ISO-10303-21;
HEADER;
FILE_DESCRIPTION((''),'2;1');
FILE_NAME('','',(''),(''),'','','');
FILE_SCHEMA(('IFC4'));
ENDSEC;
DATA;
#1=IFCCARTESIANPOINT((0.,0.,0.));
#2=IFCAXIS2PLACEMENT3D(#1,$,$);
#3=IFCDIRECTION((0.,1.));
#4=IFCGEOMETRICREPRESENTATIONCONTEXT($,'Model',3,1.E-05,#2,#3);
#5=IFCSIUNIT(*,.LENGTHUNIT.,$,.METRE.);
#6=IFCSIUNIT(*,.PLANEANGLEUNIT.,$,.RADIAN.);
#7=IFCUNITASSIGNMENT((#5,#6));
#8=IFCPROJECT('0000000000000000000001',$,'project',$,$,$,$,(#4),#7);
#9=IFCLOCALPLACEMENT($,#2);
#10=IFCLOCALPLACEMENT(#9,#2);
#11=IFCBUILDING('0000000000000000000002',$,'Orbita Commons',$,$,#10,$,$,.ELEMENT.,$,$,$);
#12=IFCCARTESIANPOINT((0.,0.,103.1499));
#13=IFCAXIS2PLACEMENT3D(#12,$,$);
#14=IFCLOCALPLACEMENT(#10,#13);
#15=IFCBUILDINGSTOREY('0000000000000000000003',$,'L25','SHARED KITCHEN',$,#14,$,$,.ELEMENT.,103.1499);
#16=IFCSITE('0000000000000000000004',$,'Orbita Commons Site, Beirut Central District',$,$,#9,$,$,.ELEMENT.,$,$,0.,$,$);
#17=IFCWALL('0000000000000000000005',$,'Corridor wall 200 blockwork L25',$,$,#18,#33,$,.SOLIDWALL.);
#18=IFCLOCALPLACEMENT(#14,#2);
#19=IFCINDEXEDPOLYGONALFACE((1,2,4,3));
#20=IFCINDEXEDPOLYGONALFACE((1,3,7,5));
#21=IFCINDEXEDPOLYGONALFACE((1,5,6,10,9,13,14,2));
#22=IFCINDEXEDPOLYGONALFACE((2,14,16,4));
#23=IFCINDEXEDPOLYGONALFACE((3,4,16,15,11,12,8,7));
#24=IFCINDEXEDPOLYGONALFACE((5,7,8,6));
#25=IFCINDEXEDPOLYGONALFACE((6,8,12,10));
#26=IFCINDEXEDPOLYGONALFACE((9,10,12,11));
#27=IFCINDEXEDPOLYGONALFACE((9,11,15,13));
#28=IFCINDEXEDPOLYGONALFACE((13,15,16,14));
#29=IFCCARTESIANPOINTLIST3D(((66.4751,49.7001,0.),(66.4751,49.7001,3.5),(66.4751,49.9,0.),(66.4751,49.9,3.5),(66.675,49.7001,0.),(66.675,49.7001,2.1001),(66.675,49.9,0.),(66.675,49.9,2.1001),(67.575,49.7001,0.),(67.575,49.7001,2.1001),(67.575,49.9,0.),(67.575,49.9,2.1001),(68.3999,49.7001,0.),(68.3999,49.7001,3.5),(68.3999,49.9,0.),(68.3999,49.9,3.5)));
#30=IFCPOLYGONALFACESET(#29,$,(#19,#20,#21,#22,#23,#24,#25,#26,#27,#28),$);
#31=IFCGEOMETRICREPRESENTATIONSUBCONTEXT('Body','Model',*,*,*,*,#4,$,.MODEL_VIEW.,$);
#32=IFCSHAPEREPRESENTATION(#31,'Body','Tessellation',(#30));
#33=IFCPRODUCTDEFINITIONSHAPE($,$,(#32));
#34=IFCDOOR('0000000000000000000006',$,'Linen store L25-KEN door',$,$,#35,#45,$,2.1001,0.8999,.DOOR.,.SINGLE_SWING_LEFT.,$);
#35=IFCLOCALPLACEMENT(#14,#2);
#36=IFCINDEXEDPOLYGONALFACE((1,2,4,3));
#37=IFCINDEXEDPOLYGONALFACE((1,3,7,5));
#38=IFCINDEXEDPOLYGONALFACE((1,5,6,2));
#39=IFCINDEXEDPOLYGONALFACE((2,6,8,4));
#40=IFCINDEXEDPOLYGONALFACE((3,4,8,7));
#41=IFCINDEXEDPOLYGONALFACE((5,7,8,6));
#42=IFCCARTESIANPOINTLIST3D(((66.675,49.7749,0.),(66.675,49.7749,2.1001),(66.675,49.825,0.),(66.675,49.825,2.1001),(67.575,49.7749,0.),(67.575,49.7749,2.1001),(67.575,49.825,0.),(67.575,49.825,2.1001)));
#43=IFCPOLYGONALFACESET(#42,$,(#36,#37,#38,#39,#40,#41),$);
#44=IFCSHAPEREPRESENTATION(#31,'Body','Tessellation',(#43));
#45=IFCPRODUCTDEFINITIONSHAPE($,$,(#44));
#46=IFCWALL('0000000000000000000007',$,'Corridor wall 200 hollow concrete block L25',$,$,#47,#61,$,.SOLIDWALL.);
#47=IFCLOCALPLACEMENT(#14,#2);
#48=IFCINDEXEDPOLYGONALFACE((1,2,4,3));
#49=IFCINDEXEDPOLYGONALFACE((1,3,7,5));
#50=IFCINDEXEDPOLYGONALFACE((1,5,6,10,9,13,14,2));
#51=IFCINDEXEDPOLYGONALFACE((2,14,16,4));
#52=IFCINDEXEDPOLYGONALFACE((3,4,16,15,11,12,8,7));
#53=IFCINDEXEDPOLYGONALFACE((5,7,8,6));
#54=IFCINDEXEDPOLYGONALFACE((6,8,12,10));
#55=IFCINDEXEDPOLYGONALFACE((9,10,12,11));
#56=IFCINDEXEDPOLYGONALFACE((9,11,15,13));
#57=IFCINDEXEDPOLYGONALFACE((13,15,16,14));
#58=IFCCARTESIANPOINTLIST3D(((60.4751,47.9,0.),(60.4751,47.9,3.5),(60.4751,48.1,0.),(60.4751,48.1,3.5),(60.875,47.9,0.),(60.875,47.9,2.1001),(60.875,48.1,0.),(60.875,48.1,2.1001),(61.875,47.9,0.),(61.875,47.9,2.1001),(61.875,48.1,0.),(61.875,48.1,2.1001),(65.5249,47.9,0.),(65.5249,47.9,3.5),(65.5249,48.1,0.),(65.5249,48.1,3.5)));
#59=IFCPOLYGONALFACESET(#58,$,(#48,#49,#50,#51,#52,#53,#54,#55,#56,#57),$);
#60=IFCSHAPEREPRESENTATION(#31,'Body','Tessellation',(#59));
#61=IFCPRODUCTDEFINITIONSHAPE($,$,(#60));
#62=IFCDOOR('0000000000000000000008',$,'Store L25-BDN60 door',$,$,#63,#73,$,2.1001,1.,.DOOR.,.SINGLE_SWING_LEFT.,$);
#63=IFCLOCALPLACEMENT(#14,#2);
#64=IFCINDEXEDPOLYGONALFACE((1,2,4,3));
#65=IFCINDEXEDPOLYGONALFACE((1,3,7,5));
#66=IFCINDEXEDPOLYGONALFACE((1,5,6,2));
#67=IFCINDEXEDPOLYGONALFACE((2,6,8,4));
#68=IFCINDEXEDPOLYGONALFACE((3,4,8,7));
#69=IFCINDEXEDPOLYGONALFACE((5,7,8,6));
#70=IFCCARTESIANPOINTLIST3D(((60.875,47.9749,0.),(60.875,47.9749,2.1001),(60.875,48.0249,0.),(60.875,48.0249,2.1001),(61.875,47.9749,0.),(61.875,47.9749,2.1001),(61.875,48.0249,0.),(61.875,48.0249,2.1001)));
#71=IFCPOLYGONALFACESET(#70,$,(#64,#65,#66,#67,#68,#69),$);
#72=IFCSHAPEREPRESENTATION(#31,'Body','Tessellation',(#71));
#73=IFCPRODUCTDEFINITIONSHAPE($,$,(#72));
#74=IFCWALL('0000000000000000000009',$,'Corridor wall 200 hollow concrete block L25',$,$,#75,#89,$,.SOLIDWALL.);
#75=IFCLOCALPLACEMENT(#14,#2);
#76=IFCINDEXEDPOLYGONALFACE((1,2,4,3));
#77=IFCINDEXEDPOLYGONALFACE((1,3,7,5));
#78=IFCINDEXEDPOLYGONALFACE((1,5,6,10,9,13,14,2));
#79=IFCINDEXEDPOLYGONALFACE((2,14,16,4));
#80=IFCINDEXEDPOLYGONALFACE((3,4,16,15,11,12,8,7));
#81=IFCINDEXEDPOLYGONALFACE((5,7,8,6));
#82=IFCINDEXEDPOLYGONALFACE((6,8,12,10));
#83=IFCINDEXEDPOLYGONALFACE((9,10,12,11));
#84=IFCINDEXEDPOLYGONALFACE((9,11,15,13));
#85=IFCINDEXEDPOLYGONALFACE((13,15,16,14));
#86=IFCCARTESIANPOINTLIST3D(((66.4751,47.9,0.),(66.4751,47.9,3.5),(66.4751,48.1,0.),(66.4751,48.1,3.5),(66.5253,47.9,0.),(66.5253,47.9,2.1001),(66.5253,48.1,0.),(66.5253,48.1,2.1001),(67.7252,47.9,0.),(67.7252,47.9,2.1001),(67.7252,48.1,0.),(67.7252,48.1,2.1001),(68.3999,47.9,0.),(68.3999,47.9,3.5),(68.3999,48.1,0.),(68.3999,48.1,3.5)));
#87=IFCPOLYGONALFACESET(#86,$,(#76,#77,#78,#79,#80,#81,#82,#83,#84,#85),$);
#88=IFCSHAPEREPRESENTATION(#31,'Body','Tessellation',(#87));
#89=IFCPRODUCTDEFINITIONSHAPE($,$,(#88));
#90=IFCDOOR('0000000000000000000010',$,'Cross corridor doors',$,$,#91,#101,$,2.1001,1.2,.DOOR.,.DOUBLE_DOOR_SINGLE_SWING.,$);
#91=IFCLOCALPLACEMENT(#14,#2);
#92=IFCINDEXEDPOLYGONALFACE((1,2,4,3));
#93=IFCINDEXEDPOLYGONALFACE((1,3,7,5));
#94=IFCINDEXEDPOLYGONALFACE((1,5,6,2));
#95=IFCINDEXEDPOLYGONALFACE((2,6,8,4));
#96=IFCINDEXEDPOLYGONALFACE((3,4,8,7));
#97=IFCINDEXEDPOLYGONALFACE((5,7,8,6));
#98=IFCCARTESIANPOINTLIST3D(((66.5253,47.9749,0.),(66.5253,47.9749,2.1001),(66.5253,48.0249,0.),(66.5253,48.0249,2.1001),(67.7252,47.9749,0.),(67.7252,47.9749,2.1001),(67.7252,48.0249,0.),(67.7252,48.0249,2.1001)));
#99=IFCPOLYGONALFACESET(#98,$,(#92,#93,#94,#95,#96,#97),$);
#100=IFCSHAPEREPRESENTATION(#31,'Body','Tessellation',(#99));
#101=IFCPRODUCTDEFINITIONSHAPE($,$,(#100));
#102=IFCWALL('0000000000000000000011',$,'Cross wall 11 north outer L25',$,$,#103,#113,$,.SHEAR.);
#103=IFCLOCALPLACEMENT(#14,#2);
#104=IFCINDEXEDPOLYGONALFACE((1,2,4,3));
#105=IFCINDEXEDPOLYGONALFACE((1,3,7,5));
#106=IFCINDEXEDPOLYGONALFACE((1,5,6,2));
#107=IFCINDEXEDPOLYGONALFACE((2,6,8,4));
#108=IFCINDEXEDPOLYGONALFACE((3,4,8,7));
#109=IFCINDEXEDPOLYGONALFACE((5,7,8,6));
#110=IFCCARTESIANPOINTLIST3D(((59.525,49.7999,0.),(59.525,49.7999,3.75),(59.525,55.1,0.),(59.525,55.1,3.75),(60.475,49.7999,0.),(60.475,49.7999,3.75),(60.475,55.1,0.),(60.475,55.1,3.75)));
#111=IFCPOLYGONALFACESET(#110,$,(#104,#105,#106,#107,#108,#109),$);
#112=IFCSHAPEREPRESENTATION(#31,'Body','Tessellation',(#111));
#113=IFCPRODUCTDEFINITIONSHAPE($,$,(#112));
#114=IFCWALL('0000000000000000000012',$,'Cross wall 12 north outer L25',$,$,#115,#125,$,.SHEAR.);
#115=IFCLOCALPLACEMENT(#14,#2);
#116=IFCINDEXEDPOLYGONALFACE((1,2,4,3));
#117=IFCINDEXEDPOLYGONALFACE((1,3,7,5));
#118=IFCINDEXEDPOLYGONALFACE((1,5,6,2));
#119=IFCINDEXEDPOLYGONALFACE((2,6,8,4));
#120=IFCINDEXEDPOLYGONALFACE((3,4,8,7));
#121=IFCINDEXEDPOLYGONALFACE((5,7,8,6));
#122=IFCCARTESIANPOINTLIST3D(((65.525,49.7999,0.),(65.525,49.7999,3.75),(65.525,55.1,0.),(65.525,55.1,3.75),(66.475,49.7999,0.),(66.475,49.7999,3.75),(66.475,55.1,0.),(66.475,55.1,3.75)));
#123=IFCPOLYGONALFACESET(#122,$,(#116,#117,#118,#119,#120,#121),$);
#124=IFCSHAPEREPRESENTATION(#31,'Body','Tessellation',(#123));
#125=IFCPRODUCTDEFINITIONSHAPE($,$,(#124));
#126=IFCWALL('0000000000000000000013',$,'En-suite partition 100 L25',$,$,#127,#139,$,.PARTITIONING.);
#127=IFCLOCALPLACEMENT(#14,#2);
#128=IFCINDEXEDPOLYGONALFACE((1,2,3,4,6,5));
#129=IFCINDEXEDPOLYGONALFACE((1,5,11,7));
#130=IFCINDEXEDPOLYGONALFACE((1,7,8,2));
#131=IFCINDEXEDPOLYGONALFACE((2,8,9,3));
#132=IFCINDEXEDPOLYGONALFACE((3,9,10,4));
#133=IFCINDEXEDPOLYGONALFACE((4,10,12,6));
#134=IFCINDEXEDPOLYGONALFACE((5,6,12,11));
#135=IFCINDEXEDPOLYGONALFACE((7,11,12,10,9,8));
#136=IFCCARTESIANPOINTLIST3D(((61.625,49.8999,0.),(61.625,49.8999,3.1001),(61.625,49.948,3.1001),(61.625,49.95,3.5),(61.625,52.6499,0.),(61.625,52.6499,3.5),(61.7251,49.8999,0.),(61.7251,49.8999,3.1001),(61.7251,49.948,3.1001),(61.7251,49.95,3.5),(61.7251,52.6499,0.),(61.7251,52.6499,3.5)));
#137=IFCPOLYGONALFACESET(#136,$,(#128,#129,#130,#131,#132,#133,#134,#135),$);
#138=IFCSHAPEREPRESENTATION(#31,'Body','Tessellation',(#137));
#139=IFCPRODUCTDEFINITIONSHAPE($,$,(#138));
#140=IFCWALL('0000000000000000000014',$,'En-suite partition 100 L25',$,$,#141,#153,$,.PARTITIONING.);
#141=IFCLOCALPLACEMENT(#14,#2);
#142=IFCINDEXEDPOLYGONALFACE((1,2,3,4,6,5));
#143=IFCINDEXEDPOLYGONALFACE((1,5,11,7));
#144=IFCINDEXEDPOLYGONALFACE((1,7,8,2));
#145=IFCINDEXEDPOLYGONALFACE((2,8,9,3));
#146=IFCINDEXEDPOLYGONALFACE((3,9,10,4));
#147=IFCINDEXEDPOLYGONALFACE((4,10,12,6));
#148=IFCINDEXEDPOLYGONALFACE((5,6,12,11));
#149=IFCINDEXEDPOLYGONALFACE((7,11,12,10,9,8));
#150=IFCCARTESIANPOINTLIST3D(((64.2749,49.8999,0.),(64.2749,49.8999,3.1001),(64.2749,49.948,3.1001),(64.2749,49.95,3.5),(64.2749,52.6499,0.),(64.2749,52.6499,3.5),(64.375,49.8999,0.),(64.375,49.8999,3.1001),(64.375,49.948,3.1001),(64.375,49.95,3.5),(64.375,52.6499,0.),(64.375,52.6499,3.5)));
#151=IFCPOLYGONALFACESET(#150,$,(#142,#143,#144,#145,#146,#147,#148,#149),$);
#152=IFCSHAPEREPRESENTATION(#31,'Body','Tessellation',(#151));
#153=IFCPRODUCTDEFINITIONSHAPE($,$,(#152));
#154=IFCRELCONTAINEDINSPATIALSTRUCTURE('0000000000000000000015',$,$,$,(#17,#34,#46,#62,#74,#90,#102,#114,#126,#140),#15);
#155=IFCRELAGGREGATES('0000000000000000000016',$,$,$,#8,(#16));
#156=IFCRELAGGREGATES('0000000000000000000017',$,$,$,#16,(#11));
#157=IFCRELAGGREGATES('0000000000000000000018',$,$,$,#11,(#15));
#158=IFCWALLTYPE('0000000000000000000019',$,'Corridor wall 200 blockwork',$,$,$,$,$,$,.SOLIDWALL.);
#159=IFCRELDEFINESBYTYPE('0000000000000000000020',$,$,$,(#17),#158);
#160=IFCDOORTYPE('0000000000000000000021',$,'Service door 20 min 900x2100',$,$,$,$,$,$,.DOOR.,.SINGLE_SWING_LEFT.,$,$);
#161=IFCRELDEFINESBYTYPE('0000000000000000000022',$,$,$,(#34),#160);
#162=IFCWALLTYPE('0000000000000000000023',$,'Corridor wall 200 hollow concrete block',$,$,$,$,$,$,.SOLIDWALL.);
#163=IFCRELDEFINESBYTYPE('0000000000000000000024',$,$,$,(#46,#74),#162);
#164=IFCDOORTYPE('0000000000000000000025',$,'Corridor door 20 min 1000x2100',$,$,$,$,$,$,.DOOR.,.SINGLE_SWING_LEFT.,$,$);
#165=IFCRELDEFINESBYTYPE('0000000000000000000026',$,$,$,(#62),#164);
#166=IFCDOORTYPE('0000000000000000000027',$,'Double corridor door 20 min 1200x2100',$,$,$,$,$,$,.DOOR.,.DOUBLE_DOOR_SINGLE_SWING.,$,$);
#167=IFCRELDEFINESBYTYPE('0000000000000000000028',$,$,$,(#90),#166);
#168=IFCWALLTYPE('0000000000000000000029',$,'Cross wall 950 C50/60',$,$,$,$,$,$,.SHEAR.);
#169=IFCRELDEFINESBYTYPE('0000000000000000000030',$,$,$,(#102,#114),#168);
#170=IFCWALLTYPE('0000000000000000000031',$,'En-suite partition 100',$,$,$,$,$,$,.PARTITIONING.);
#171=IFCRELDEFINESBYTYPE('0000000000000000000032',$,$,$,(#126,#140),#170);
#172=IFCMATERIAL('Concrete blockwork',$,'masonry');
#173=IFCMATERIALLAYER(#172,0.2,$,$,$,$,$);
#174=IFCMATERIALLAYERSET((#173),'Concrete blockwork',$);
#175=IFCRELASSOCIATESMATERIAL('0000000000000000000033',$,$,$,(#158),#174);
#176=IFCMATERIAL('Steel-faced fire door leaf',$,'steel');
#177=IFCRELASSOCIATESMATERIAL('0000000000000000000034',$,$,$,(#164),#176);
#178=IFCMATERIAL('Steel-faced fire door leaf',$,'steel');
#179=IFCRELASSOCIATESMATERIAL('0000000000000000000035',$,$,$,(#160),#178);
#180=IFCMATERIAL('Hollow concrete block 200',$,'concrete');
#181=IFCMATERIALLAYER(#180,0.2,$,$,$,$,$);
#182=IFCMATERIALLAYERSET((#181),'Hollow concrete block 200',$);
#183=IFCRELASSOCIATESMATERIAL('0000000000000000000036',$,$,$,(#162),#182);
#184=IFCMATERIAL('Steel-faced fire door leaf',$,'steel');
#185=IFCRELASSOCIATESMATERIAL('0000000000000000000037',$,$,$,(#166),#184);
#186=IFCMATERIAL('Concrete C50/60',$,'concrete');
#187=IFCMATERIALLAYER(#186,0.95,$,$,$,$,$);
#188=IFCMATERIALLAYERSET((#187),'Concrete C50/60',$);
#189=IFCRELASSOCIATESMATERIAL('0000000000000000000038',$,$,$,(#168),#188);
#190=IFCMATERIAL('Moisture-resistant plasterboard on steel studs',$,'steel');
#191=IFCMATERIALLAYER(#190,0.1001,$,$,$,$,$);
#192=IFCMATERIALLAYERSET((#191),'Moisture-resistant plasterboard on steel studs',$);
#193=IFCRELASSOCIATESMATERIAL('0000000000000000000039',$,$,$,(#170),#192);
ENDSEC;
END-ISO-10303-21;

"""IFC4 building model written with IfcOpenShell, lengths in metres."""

from ifc_helpers import new_model, si_unit, direction, frame, frame_2d, origin, place, context, subcontext, project, spatial, polyline, rectangle, outline, extrude, material, layer, layer_set, type_object, element, fill, save


model = new_model("IFC4")

# Units and contexts
model_context = context("Model", 3, precision=1e-05, world=origin(), true_north=direction((0.0, 1.0)))
body_context = subcontext(model_context, "Body", "Model", "MODEL_VIEW")
ifc_project = project(units=[si_unit("LENGTHUNIT", "METRE"), si_unit("PLANEANGLEUNIT", "RADIAN")], contexts=[model_context])

# Site, building, storey
site_placement = place(None, origin())
site = spatial("IfcSite", under=ifc_project, at=site_placement, Name="Orbita Commons Site, Beirut Central District", CompositionType="ELEMENT", RefElevation=0.0)
building_placement = place(site_placement, origin())
building = spatial("IfcBuilding", under=site, at=building_placement, Name="Orbita Commons", CompositionType="ELEMENT")
storey_placement = place(building_placement, frame((0.0, 0.0, 103.1499)))
storey = spatial("IfcBuildingStorey", under=building, at=storey_placement, Name="L25", Description="SHARED KITCHEN", CompositionType="ELEMENT", Elevation=103.1499)

# Shared definitions
ifc_material_1 = material(Name="Concrete blockwork", Category="masonry")
ifc_layer_1 = layer(ifc_material_1, 0.2)
ifc_layer_set_1 = layer_set([ifc_layer_1], Name="Concrete blockwork")
wall_type_1 = type_object("IfcWallType", Name="Corridor wall 200 blockwork", PredefinedType="SOLIDWALL", material=ifc_layer_set_1)
ifc_material_2 = material(Name="Steel-faced fire door leaf", Category="steel")
door_type_1 = type_object("IfcDoorType", Name="Corridor door 20 min 1000x2100", OperationType="SINGLE_SWING_LEFT", PredefinedType="DOOR", material=ifc_material_2)

# Walls, openings, doors
wall_1_placement = place(storey_placement, frame((66.4751, 49.8, 0.0), z_axis=(0.0, 0.0, 1.0), x_axis=(1.0, 0.0, 0.0)))
wall_1 = element("IfcWall", 1, at=wall_1_placement, inside=storey, type_object=wall_type_1, Name="Corridor wall 200 blockwork L25", PredefinedType="SOLIDWALL", context=body_context, shape_type="SweptSolid", body=[
    extrude(rectangle(XDim=1.9248, YDim=0.2, at=frame_2d((0.9624, 0.0))), origin(), (0.0, 0.0, 1.0), 3.5),
])
opening_1_placement = place(wall_1_placement, frame((0.2, 0.0, 0.0)))
opening_1 = element("IfcOpeningElement", 2, at=opening_1_placement, cuts=wall_1, PredefinedType="OPENING", context=body_context, shape_type="SweptSolid", body=[
    extrude(rectangle(XDim=0.8999, YDim=2.1001, at=frame_2d((0.45, 1.05))), frame((0.0, 0.1099, 0.0), z_axis=(0.0, -1.0, 0.0), x_axis=(1.0, 0.0, 0.0)), (0.0, 0.0, 1.0), 0.22),
])
ifc_material_3 = material(Name="Steel-faced fire door leaf", Category="steel")
door_type_2 = type_object("IfcDoorType", Name="Service door 20 min 900x2100", OperationType="SINGLE_SWING_LEFT", PredefinedType="DOOR", material=ifc_material_3)
door_1_placement = place(opening_1_placement, origin())
door_1 = element("IfcDoor", 3, at=door_1_placement, inside=storey, type_object=door_type_2, Name="Linen store L25-KEN door", OperationType="SINGLE_SWING_LEFT", OverallHeight=2.1001, OverallWidth=0.8999, PredefinedType="DOOR", context=body_context, shape_type="SweptSolid", body=[
    extrude(rectangle(XDim=0.8999, YDim=2.1001, at=frame_2d((0.45, 1.05))), frame((0.0, 0.0249, 0.0), z_axis=(0.0, -1.0, 0.0), x_axis=(1.0, 0.0, 0.0)), (0.0, 0.0, 1.0), 0.05),
])
fill(opening_1, door_1)
ifc_material_4 = material(Name="Hollow concrete block 200", Category="concrete")
ifc_layer_2 = layer(ifc_material_4, 0.2)
ifc_layer_set_2 = layer_set([ifc_layer_2], Name="Hollow concrete block 200")
wall_type_2 = type_object("IfcWallType", Name="Corridor wall 200 hollow concrete block", PredefinedType="SOLIDWALL", material=ifc_layer_set_2)
wall_2_placement = place(storey_placement, frame((60.4751, 48.0, 0.0), z_axis=(0.0, 0.0, 1.0), x_axis=(1.0, 0.0, 0.0)))
wall_2 = element("IfcWall", 4, at=wall_2_placement, inside=storey, type_object=wall_type_2, Name="Corridor wall 200 hollow concrete block L25", PredefinedType="SOLIDWALL", context=body_context, shape_type="SweptSolid", body=[
    extrude(rectangle(XDim=5.0498, YDim=0.2, at=frame_2d((2.5249, 0.0))), origin(), (0.0, 0.0, 1.0), 3.5),
])
opening_2_placement = place(wall_2_placement, frame((0.3999, 0.0, 0.0)))
opening_2 = element("IfcOpeningElement", 5, at=opening_2_placement, cuts=wall_2, PredefinedType="OPENING", context=body_context, shape_type="SweptSolid", body=[
    extrude(rectangle(XDim=1.0, YDim=2.1001, at=frame_2d((0.5, 1.05))), frame((0.0, 0.1099, 0.0), z_axis=(0.0, -1.0, 0.0), x_axis=(1.0, 0.0, 0.0)), (0.0, 0.0, 1.0), 0.22),
])
door_2_placement = place(opening_2_placement, origin())
door_2 = element("IfcDoor", 6, at=door_2_placement, inside=storey, type_object=door_type_1, Name="Store L25-BDN60 door", OperationType="SINGLE_SWING_LEFT", OverallHeight=2.1001, OverallWidth=1.0, PredefinedType="DOOR", context=body_context, shape_type="SweptSolid", body=[
    extrude(rectangle(XDim=1.0, YDim=2.1001, at=frame_2d((0.5, 1.05))), frame((0.0, 0.0249, 0.0), z_axis=(0.0, -1.0, 0.0), x_axis=(1.0, 0.0, 0.0)), (0.0, 0.0, 1.0), 0.05),
])
fill(opening_2, door_2)
wall_3_placement = place(storey_placement, frame((66.4751, 48.0, 0.0), z_axis=(0.0, 0.0, 1.0), x_axis=(1.0, 0.0, 0.0)))
wall_3 = element("IfcWall", 7, at=wall_3_placement, inside=storey, type_object=wall_type_2, Name="Corridor wall 200 hollow concrete block L25", PredefinedType="SOLIDWALL", context=body_context, shape_type="SweptSolid", body=[
    extrude(rectangle(XDim=1.9248, YDim=0.2, at=frame_2d((0.9624, 0.0))), origin(), (0.0, 0.0, 1.0), 3.5),
])
opening_3_placement = place(wall_3_placement, frame((0.05, 0.0, 0.0)))
opening_3 = element("IfcOpeningElement", 8, at=opening_3_placement, cuts=wall_3, PredefinedType="OPENING", context=body_context, shape_type="SweptSolid", body=[
    extrude(rectangle(XDim=1.2, YDim=2.1001, at=frame_2d((0.6001, 1.05))), frame((0.0, 0.1099, 0.0), z_axis=(0.0, -1.0, 0.0), x_axis=(1.0, 0.0, 0.0)), (0.0, 0.0, 1.0), 0.22),
])
ifc_material_5 = material(Name="Steel-faced fire door leaf", Category="steel")
door_type_3 = type_object("IfcDoorType", Name="Double corridor door 20 min 1200x2100", OperationType="DOUBLE_DOOR_SINGLE_SWING", PredefinedType="DOOR", material=ifc_material_5)
door_3_placement = place(opening_3_placement, origin())
door_3 = element("IfcDoor", 9, at=door_3_placement, inside=storey, type_object=door_type_3, Name="Cross corridor doors", OperationType="DOUBLE_DOOR_SINGLE_SWING", OverallHeight=2.1001, OverallWidth=1.2, PredefinedType="DOOR", context=body_context, shape_type="SweptSolid", body=[
    extrude(rectangle(XDim=1.2, YDim=2.1001, at=frame_2d((0.6001, 1.05))), frame((0.0, 0.0249, 0.0), z_axis=(0.0, -1.0, 0.0), x_axis=(1.0, 0.0, 0.0)), (0.0, 0.0, 1.0), 0.05),
])
fill(opening_3, door_3)

# Walls
ifc_material_6 = material(Name="Concrete C50/60", Category="concrete")
ifc_layer_3 = layer(ifc_material_6, 0.95)
ifc_layer_set_3 = layer_set([ifc_layer_3], Name="Concrete C50/60")
wall_type_3 = type_object("IfcWallType", Name="Cross wall 950 C50/60", PredefinedType="SHEAR", material=ifc_layer_set_3)
for number, where, z_axis, x_axis, name in (
    (10, (60.0, 49.8, 0.0), (0.0, 0.0, 1.0), (0.0, 1.0, 0.0), "Cross wall 11 north outer L25"),
    (11, (66.0, 49.8, 0.0), (0.0, 0.0, 1.0), (0.0, 1.0, 0.0), "Cross wall 12 north outer L25"),
):
    element("IfcWall", number, at=place(storey_placement, frame(where, z_axis=z_axis, x_axis=x_axis)), inside=storey, type_object=wall_type_3, Name=name, PredefinedType="SHEAR", context=body_context, shape_type="SweptSolid", body=[
        extrude(rectangle(XDim=5.3, YDim=0.95, at=frame_2d((2.6499, 0.0))), origin(), (0.0, 0.0, 1.0), 3.75),
    ])
ifc_material_7 = material(Name="Moisture-resistant plasterboard on steel studs", Category="steel")
ifc_layer_4 = layer(ifc_material_7, 0.1001)
ifc_layer_set_4 = layer_set([ifc_layer_4], Name="Moisture-resistant plasterboard on steel studs")
wall_type_4 = type_object("IfcWallType", Name="En-suite partition 100", PredefinedType="PARTITIONING", material=ifc_layer_set_4)
for number, where, z_axis, x_axis, name in (
    (12, (61.675, 52.6499, 0.0), (0.0, 0.0, 1.0), (0.0, -1.0, 0.0), "En-suite partition 100 L25"),
    (13, (64.325, 52.6499, 0.0), (0.0, 0.0, 1.0), (0.0, -1.0, 0.0), "En-suite partition 100 L25"),
):
    element("IfcWall", number, at=place(storey_placement, frame(where, z_axis=z_axis, x_axis=x_axis)), inside=storey, type_object=wall_type_4, Name=name, PredefinedType="PARTITIONING", context=body_context, shape_type="SweptSolid", body=[
        extrude(outline(polyline([(0.0, 0.0), (2.75, 0.0), (2.75, 3.1001), (2.7019, 3.1001), (2.7, 3.5), (0.0, 3.5), (0.0, 0.0)])), frame((0.0, 0.05, 0.0), z_axis=(0.0, -1.0, 0.0), x_axis=(1.0, 0.0, 0.0)), (0.0, 0.0, 1.0), 0.1001),
    ])

save(model, "model.ifc")
